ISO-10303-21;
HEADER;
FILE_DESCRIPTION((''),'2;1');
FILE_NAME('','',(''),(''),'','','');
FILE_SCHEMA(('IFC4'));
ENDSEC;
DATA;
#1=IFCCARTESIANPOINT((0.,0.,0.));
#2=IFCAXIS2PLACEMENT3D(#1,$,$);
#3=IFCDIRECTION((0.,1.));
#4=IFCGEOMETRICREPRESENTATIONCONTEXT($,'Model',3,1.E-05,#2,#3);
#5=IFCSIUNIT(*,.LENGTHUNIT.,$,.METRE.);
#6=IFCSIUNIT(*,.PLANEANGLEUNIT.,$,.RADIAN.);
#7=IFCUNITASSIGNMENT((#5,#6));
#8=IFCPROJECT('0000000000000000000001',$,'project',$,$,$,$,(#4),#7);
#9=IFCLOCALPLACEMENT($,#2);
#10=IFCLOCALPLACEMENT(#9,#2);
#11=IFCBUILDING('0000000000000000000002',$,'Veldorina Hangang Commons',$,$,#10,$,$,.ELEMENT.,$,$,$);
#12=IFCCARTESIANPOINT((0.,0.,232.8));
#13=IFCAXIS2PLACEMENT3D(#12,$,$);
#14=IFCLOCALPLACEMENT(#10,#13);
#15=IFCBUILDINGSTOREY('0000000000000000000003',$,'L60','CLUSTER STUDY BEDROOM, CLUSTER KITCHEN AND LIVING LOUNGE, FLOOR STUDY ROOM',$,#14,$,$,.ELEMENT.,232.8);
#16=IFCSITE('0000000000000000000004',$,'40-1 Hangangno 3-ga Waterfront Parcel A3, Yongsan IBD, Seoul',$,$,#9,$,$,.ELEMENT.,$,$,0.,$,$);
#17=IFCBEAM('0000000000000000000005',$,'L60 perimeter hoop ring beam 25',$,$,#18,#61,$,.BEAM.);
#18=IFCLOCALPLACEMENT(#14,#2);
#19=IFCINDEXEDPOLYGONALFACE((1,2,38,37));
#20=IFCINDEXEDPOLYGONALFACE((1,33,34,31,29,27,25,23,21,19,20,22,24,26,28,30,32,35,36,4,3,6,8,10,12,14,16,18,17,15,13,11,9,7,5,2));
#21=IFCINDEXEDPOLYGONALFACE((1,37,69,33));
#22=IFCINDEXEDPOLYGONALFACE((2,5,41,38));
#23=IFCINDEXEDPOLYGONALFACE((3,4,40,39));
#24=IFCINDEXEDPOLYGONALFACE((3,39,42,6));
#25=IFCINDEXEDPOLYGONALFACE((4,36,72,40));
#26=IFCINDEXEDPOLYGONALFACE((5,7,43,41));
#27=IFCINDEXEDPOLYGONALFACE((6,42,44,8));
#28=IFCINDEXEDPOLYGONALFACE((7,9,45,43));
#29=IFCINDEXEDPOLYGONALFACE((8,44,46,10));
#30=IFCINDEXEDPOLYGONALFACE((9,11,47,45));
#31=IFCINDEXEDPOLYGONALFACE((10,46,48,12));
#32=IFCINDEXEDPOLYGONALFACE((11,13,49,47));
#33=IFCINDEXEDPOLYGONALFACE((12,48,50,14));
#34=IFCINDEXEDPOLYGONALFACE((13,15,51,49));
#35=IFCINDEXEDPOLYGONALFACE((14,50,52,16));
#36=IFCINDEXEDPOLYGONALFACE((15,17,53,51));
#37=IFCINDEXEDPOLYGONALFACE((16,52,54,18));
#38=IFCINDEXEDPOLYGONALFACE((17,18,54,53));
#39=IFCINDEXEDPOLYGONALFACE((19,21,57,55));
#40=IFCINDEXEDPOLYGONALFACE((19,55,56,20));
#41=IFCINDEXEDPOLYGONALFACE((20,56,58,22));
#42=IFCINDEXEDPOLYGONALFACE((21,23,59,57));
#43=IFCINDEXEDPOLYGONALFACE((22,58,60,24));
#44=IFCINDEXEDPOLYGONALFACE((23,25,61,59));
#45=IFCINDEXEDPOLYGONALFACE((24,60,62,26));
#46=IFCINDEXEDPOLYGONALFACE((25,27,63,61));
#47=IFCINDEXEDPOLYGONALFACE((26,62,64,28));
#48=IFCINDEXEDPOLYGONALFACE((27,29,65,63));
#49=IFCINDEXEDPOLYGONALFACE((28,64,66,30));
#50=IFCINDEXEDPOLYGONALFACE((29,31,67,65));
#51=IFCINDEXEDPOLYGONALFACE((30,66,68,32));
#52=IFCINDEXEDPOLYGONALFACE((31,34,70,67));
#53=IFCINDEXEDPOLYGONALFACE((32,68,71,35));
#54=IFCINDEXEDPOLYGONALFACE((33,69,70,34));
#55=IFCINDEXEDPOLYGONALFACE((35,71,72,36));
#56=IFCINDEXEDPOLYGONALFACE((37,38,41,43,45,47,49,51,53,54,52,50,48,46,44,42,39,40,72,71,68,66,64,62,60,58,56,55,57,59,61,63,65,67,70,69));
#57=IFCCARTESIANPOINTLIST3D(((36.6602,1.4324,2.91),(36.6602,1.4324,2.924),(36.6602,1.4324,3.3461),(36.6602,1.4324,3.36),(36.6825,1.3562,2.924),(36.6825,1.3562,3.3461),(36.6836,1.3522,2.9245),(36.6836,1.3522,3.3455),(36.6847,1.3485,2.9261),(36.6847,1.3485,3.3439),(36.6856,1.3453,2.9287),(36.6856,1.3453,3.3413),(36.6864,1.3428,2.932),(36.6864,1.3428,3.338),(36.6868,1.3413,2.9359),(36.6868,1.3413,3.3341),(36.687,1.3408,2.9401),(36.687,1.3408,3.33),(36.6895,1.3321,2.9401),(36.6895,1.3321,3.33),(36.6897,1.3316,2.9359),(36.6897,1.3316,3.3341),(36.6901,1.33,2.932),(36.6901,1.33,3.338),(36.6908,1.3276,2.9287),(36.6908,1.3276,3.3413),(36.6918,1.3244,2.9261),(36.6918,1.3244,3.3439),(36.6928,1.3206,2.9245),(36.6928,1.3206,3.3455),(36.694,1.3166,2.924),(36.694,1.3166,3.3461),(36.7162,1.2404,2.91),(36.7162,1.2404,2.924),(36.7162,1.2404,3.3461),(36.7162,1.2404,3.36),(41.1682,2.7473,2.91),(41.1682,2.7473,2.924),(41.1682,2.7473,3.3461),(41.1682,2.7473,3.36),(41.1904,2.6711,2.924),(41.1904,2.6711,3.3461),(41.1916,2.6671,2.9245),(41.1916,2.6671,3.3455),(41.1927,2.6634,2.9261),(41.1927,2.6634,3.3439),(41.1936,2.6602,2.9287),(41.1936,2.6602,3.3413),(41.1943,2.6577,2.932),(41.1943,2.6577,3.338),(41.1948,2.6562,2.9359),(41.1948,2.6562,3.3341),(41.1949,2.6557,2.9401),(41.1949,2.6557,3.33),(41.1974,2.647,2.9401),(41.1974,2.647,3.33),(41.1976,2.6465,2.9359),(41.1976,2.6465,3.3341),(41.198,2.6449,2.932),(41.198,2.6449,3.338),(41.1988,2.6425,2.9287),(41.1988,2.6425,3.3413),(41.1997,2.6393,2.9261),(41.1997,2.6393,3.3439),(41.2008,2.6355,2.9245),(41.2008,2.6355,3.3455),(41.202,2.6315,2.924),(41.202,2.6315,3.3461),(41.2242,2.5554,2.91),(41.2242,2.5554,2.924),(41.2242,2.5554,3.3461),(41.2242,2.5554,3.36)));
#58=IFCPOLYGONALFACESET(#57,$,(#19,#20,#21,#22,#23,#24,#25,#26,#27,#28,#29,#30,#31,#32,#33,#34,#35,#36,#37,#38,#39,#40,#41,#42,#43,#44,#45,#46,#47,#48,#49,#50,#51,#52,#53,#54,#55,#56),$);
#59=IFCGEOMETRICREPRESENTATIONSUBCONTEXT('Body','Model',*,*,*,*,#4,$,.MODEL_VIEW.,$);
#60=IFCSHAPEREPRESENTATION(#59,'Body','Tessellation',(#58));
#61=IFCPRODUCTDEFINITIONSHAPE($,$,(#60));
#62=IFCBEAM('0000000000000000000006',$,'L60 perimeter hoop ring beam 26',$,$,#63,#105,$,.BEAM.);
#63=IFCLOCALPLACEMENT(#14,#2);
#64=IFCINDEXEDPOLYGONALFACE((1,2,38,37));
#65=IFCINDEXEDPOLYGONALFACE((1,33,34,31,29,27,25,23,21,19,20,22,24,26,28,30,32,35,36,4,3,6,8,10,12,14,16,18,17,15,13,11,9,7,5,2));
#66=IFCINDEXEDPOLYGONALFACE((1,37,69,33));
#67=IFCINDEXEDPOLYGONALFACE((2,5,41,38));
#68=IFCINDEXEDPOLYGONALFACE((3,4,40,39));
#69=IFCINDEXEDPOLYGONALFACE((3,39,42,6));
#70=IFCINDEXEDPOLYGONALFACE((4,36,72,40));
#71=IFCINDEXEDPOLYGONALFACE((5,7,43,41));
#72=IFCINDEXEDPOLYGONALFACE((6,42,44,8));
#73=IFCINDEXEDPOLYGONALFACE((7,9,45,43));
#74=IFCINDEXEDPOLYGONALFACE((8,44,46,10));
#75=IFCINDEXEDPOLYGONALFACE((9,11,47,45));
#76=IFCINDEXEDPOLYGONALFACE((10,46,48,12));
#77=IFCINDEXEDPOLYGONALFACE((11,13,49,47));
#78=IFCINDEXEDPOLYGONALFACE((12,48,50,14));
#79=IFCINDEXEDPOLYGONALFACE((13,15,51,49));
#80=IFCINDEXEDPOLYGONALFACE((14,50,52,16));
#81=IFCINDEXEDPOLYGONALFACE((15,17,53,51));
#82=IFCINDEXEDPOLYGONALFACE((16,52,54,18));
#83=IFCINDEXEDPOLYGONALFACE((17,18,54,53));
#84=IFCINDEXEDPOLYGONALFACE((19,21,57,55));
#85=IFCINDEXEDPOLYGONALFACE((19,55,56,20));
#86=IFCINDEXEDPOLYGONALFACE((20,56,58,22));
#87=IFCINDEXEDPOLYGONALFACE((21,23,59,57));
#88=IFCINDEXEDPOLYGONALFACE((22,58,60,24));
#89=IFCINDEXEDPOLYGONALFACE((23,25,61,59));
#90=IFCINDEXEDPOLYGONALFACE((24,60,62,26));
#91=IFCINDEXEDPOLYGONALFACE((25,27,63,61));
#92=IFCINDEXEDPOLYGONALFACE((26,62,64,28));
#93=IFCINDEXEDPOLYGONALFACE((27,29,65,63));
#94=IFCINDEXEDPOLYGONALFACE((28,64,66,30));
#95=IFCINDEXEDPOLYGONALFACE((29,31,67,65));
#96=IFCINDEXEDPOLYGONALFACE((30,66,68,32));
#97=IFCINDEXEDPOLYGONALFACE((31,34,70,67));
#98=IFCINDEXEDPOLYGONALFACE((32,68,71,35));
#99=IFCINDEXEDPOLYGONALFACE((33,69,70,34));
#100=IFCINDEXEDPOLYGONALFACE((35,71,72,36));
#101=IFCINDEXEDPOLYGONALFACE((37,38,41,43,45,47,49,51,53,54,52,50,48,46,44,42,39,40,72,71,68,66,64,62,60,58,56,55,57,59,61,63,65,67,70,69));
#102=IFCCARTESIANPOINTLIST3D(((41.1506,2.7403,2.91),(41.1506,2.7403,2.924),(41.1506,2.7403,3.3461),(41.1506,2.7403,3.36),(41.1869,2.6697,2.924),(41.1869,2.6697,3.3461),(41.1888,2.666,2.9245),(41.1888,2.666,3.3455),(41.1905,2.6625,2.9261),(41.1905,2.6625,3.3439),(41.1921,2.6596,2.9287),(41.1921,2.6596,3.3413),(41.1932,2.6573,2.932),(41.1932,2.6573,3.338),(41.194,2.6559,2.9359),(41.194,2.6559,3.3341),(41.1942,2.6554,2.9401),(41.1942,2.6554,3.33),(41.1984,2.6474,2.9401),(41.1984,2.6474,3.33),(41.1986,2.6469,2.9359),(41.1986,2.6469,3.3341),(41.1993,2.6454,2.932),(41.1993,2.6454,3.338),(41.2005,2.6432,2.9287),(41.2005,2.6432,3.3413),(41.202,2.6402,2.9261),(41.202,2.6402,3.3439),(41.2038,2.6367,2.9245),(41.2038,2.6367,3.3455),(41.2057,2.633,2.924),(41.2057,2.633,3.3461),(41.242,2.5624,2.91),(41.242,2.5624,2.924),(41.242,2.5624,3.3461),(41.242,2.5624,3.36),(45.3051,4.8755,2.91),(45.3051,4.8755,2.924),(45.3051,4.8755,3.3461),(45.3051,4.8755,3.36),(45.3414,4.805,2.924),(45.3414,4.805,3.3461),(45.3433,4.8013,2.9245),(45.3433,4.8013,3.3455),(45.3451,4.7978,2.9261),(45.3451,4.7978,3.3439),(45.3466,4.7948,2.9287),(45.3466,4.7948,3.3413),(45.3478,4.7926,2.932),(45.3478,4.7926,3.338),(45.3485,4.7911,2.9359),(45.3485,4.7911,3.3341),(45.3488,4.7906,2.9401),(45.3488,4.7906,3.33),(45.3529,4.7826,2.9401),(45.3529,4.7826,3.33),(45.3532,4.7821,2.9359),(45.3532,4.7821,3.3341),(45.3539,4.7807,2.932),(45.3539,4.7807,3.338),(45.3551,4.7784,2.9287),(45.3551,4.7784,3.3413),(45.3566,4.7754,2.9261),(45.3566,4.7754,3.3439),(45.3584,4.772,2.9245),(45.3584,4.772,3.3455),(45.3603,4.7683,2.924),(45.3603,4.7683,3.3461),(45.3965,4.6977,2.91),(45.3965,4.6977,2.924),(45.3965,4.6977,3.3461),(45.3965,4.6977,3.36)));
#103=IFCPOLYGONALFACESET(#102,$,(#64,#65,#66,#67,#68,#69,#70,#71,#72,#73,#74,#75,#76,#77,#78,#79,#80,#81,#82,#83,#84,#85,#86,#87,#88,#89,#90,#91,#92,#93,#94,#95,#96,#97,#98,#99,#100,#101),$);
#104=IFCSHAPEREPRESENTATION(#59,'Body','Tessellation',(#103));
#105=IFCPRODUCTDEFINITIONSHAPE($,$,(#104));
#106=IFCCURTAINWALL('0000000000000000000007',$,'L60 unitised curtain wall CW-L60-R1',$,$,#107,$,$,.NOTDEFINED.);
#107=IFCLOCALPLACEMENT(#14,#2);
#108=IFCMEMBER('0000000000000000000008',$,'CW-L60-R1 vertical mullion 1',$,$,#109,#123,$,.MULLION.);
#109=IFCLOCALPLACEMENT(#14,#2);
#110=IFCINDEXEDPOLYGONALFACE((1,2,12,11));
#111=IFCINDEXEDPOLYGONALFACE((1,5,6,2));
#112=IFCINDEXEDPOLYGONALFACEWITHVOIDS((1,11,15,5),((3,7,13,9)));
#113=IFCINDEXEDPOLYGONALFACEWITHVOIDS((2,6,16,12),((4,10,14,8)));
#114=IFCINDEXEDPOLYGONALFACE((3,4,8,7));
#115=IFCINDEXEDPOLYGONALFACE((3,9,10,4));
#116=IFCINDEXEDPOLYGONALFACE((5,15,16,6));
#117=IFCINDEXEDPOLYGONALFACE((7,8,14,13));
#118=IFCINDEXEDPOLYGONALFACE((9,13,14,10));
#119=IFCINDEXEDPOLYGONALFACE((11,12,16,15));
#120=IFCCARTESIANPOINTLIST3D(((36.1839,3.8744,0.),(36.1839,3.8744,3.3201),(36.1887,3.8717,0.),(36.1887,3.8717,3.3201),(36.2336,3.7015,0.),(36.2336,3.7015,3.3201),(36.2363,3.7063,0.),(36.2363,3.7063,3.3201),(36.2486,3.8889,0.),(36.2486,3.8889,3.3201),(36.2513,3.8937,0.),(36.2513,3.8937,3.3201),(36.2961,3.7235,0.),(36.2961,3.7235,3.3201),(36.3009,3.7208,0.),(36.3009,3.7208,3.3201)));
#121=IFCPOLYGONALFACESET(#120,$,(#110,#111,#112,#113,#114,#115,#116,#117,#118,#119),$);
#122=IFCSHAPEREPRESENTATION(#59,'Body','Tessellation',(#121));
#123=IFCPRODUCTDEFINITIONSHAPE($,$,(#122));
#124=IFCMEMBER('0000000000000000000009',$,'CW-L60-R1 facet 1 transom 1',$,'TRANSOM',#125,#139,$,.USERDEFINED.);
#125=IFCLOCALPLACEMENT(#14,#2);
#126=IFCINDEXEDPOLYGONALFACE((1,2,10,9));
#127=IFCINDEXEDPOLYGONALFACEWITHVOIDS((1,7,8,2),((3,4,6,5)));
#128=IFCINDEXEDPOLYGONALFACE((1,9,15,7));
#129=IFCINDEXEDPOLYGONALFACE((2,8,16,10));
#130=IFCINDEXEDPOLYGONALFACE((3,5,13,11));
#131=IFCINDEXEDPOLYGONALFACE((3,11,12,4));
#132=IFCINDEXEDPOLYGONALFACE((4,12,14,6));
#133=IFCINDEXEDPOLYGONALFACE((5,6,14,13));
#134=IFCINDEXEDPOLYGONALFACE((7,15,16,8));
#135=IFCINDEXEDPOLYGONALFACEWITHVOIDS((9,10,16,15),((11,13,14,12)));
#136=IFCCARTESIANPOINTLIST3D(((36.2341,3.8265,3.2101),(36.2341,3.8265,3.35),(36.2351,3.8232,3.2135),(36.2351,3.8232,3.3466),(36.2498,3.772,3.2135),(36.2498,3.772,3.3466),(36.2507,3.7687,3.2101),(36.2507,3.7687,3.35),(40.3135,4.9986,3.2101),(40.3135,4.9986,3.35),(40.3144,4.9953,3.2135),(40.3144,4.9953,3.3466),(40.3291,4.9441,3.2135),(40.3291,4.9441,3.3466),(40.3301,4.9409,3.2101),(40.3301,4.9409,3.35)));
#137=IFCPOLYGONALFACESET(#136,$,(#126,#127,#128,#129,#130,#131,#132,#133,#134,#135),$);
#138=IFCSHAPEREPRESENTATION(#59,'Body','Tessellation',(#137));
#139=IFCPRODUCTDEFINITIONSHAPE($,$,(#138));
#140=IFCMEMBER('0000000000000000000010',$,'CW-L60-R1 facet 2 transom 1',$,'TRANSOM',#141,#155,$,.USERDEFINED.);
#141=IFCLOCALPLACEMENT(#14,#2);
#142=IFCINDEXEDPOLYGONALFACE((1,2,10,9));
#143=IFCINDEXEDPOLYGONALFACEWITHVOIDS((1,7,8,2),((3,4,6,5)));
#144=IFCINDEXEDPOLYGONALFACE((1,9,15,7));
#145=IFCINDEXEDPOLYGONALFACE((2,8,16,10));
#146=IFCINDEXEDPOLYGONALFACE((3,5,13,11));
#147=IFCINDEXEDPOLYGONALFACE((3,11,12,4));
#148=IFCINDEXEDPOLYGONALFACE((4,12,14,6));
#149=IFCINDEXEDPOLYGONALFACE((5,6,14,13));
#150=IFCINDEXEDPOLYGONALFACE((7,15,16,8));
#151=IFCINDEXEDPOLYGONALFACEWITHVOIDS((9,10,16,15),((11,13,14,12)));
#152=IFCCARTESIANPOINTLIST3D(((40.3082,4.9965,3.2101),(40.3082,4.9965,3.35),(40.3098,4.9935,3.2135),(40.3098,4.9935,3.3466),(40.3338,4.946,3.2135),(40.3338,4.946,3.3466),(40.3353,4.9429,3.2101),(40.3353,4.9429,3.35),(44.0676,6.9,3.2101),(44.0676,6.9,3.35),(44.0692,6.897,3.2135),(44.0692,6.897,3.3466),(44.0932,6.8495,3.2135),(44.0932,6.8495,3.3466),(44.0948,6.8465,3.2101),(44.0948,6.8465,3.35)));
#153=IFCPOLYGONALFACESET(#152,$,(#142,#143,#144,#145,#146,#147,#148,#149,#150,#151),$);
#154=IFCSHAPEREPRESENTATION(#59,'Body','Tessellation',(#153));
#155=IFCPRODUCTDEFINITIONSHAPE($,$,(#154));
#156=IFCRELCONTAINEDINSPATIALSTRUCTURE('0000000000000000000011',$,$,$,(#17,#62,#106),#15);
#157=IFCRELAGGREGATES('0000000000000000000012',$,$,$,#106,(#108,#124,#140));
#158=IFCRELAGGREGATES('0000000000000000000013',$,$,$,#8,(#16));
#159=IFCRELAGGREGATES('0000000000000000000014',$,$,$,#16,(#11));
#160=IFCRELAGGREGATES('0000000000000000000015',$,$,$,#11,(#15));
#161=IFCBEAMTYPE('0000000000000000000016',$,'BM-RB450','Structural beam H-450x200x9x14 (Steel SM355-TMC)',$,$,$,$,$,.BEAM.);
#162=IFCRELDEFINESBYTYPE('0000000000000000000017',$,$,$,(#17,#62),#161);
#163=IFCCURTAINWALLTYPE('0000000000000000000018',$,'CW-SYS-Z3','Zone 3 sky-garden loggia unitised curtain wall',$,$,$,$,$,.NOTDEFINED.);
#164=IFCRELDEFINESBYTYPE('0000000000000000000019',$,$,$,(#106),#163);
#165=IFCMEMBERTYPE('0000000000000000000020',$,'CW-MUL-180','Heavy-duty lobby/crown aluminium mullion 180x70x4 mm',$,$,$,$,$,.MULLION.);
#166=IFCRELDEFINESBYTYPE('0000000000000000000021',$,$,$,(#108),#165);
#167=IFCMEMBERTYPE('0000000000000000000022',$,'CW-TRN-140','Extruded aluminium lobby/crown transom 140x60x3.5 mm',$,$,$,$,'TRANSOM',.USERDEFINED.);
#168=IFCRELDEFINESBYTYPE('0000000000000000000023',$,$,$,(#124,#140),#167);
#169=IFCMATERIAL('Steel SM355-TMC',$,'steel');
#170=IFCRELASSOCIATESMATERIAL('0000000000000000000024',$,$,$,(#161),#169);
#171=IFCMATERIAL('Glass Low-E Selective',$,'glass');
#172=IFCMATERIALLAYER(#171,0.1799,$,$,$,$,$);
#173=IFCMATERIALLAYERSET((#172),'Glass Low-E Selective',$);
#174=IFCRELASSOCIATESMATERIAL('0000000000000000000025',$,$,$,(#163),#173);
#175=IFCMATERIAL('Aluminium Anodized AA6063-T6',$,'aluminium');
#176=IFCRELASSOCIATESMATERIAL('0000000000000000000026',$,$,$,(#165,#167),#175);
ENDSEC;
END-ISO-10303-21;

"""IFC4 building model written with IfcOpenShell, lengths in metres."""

from ifc_helpers import new_model, si_unit, direction, frame, origin, origin_2d, place, context, subcontext, project, spatial, hollow_rectangle, i_section, extrude, material, layer, layer_set, material_profile, profile_set, type_object, element, aggregate, save


model = new_model("IFC4")

# Units and contexts
model_context = context("Model", 3, precision=1e-05, world=origin(), true_north=direction((0.0, 1.0)))
body_context = subcontext(model_context, "Body", "Model", "MODEL_VIEW")
ifc_project = project(units=[si_unit("LENGTHUNIT", "METRE"), si_unit("PLANEANGLEUNIT", "RADIAN")], contexts=[model_context])

# Site, building, storey
site_placement = place(None, origin())
site = spatial("IfcSite", under=ifc_project, at=site_placement, Name="40-1 Hangangno 3-ga Waterfront Parcel A3, Yongsan IBD, Seoul", CompositionType="ELEMENT", RefElevation=0.0)
building_placement = place(site_placement, origin())
building = spatial("IfcBuilding", under=site, at=building_placement, Name="Veldorina Hangang Commons", CompositionType="ELEMENT")
storey_placement = place(building_placement, frame((0.0, 0.0, 232.8)))
storey = spatial("IfcBuildingStorey", under=building, at=storey_placement, Name="L60", Description="CLUSTER STUDY BEDROOM, CLUSTER KITCHEN AND LIVING LOUNGE, FLOOR STUDY ROOM", CompositionType="ELEMENT", Elevation=232.8)

# Beams
ifc_material_1 = material(Name="Steel SM355-TMC", Category="steel")
ifc_material_profile_1 = material_profile(ifc_material_1, i_section(OverallWidth=0.2, OverallDepth=0.45, WebThickness=0.009, FlangeThickness=0.0139, FilletRadius=0.0161, at=origin_2d()), Name="H-450x200x9x14")
ifc_profile_set_1 = profile_set([ifc_material_profile_1], Name="Steel SM355-TMC")
beam_type = type_object("IfcBeamType", Name="BM-RB450", Description="Structural beam H-450x200x9x14 (Steel SM355-TMC)", PredefinedType="BEAM", material=ifc_profile_set_1)
beam_1_placement = place(storey_placement, frame((36.6882, 1.3364, 3.135), z_axis=(0.959995, 0.280018, 0.0), x_axis=(-0.280018, 0.959995, 0.0)))
element("IfcBeam", 1, at=beam_1_placement, inside=storey, type_object=beam_type, Name="L60 perimeter hoop ring beam 25", PredefinedType="BEAM", context=body_context, shape_type="SweptSolid", body=[
    extrude(i_section(OverallWidth=0.2, OverallDepth=0.45, WebThickness=0.009, FlangeThickness=0.0139, FilletRadius=0.0161, at=origin_2d()), origin(), (0.0, 0.0, 1.0), 4.6958),
])
beam_2_placement = place(storey_placement, frame((41.1963, 2.6514, 3.135), z_axis=(0.889407, 0.457117, 0.0), x_axis=(-0.457117, 0.889407, 0.0)))
element("IfcBeam", 2, at=beam_2_placement, inside=storey, type_object=beam_type, Name="L60 perimeter hoop ring beam 26", PredefinedType="BEAM", context=body_context, shape_type="SweptSolid", body=[
    extrude(i_section(OverallWidth=0.2, OverallDepth=0.45, WebThickness=0.009, FlangeThickness=0.0139, FilletRadius=0.0161, at=origin_2d()), origin(), (0.0, 0.0, 1.0), 4.6711),
])

# Curtain wall, members
ifc_material_2 = material(Name="Glass Low-E Selective", Category="glass")
ifc_layer_1 = layer(ifc_material_2, 0.1799)
ifc_layer_set_1 = layer_set([ifc_layer_1], Name="Glass Low-E Selective")
curtain_wall_type = type_object("IfcCurtainWallType", Name="CW-SYS-Z3", Description="Zone 3 sky-garden loggia unitised curtain wall", PredefinedType="NOTDEFINED", material=ifc_layer_set_1)
curtain_wall_placement = place(storey_placement, origin())
curtain_wall = element("IfcCurtainWall", 3, at=curtain_wall_placement, inside=storey, type_object=curtain_wall_type, Name="L60 unitised curtain wall CW-L60-R1", PredefinedType="NOTDEFINED")
ifc_material_3 = material(Name="Aluminium Anodized AA6063-T6", Category="aluminium")
ifc_material_profile_2 = material_profile(ifc_material_3, hollow_rectangle(XDim=0.0701, YDim=0.1799, WallThickness=0.0039, at=origin_2d()), Name="ALU-RHS-180x70x4")
ifc_profile_set_2 = profile_set([ifc_material_profile_2], Name="Aluminium Anodized AA6063-T6")
member_type_1 = type_object("IfcMemberType", Name="CW-MUL-180", Description="Heavy-duty lobby/crown aluminium mullion 180x70x4 mm", PredefinedType="MULLION", material=ifc_profile_set_2)
member_1_placement = place(storey_placement, frame((36.2424, 3.7976, 0.0), z_axis=(0.0, 0.0, 1.0), x_axis=(0.961112, 0.276157, 0.0)))
member_1 = element("IfcMember", 4, at=member_1_placement, type_object=member_type_1, Name="CW-L60-R1 vertical mullion 1", PredefinedType="MULLION", context=body_context, shape_type="SweptSolid", body=[
    extrude(hollow_rectangle(XDim=0.0701, YDim=0.1799, WallThickness=0.0039, at=origin_2d()), origin(), (0.0, 0.0, 1.0), 3.3201),
])
ifc_material_profile_3 = material_profile(ifc_material_3, hollow_rectangle(XDim=0.0601, YDim=0.1399, WallThickness=0.0034, at=origin_2d()), Name="ALU-RHS-140x60x3.5")
ifc_profile_set_3 = profile_set([ifc_material_profile_3], Name="Aluminium Anodized AA6063-T6")
member_type_2 = type_object("IfcMemberType", Name="CW-TRN-140", Description="Extruded aluminium lobby/crown transom 140x60x3.5 mm", ElementType="TRANSOM", PredefinedType="USERDEFINED", material=ifc_profile_set_3)
member_2_placement = place(storey_placement, frame((36.2424, 3.7976, 3.28), z_axis=(0.961113, 0.276157, 0.0), x_axis=(-0.276157, 0.961113, 0.0)))
member_2 = element("IfcMember", 5, at=member_2_placement, type_object=member_type_2, Name="CW-L60-R1 facet 1 transom 1", ObjectType="TRANSOM", PredefinedType="USERDEFINED", context=body_context, shape_type="SweptSolid", body=[
    extrude(hollow_rectangle(XDim=0.0601, YDim=0.1399, WallThickness=0.0034, at=origin_2d()), origin(), (0.0, 0.0, 1.0), 4.2444),
])
member_3_placement = place(storey_placement, frame((40.3218, 4.9697, 3.28), z_axis=(0.892156, 0.451727, 0.0), x_axis=(-0.451727, 0.892156, 0.0)))
member_3 = element("IfcMember", 6, at=member_3_placement, type_object=member_type_2, Name="CW-L60-R1 facet 2 transom 1", ObjectType="TRANSOM", PredefinedType="USERDEFINED", context=body_context, shape_type="SweptSolid", body=[
    extrude(hollow_rectangle(XDim=0.0601, YDim=0.1399, WallThickness=0.0034, at=origin_2d()), origin(), (0.0, 0.0, 1.0), 4.2139),
])

aggregate(curtain_wall, [member_1, member_2, member_3])

save(model, "model.ifc")
